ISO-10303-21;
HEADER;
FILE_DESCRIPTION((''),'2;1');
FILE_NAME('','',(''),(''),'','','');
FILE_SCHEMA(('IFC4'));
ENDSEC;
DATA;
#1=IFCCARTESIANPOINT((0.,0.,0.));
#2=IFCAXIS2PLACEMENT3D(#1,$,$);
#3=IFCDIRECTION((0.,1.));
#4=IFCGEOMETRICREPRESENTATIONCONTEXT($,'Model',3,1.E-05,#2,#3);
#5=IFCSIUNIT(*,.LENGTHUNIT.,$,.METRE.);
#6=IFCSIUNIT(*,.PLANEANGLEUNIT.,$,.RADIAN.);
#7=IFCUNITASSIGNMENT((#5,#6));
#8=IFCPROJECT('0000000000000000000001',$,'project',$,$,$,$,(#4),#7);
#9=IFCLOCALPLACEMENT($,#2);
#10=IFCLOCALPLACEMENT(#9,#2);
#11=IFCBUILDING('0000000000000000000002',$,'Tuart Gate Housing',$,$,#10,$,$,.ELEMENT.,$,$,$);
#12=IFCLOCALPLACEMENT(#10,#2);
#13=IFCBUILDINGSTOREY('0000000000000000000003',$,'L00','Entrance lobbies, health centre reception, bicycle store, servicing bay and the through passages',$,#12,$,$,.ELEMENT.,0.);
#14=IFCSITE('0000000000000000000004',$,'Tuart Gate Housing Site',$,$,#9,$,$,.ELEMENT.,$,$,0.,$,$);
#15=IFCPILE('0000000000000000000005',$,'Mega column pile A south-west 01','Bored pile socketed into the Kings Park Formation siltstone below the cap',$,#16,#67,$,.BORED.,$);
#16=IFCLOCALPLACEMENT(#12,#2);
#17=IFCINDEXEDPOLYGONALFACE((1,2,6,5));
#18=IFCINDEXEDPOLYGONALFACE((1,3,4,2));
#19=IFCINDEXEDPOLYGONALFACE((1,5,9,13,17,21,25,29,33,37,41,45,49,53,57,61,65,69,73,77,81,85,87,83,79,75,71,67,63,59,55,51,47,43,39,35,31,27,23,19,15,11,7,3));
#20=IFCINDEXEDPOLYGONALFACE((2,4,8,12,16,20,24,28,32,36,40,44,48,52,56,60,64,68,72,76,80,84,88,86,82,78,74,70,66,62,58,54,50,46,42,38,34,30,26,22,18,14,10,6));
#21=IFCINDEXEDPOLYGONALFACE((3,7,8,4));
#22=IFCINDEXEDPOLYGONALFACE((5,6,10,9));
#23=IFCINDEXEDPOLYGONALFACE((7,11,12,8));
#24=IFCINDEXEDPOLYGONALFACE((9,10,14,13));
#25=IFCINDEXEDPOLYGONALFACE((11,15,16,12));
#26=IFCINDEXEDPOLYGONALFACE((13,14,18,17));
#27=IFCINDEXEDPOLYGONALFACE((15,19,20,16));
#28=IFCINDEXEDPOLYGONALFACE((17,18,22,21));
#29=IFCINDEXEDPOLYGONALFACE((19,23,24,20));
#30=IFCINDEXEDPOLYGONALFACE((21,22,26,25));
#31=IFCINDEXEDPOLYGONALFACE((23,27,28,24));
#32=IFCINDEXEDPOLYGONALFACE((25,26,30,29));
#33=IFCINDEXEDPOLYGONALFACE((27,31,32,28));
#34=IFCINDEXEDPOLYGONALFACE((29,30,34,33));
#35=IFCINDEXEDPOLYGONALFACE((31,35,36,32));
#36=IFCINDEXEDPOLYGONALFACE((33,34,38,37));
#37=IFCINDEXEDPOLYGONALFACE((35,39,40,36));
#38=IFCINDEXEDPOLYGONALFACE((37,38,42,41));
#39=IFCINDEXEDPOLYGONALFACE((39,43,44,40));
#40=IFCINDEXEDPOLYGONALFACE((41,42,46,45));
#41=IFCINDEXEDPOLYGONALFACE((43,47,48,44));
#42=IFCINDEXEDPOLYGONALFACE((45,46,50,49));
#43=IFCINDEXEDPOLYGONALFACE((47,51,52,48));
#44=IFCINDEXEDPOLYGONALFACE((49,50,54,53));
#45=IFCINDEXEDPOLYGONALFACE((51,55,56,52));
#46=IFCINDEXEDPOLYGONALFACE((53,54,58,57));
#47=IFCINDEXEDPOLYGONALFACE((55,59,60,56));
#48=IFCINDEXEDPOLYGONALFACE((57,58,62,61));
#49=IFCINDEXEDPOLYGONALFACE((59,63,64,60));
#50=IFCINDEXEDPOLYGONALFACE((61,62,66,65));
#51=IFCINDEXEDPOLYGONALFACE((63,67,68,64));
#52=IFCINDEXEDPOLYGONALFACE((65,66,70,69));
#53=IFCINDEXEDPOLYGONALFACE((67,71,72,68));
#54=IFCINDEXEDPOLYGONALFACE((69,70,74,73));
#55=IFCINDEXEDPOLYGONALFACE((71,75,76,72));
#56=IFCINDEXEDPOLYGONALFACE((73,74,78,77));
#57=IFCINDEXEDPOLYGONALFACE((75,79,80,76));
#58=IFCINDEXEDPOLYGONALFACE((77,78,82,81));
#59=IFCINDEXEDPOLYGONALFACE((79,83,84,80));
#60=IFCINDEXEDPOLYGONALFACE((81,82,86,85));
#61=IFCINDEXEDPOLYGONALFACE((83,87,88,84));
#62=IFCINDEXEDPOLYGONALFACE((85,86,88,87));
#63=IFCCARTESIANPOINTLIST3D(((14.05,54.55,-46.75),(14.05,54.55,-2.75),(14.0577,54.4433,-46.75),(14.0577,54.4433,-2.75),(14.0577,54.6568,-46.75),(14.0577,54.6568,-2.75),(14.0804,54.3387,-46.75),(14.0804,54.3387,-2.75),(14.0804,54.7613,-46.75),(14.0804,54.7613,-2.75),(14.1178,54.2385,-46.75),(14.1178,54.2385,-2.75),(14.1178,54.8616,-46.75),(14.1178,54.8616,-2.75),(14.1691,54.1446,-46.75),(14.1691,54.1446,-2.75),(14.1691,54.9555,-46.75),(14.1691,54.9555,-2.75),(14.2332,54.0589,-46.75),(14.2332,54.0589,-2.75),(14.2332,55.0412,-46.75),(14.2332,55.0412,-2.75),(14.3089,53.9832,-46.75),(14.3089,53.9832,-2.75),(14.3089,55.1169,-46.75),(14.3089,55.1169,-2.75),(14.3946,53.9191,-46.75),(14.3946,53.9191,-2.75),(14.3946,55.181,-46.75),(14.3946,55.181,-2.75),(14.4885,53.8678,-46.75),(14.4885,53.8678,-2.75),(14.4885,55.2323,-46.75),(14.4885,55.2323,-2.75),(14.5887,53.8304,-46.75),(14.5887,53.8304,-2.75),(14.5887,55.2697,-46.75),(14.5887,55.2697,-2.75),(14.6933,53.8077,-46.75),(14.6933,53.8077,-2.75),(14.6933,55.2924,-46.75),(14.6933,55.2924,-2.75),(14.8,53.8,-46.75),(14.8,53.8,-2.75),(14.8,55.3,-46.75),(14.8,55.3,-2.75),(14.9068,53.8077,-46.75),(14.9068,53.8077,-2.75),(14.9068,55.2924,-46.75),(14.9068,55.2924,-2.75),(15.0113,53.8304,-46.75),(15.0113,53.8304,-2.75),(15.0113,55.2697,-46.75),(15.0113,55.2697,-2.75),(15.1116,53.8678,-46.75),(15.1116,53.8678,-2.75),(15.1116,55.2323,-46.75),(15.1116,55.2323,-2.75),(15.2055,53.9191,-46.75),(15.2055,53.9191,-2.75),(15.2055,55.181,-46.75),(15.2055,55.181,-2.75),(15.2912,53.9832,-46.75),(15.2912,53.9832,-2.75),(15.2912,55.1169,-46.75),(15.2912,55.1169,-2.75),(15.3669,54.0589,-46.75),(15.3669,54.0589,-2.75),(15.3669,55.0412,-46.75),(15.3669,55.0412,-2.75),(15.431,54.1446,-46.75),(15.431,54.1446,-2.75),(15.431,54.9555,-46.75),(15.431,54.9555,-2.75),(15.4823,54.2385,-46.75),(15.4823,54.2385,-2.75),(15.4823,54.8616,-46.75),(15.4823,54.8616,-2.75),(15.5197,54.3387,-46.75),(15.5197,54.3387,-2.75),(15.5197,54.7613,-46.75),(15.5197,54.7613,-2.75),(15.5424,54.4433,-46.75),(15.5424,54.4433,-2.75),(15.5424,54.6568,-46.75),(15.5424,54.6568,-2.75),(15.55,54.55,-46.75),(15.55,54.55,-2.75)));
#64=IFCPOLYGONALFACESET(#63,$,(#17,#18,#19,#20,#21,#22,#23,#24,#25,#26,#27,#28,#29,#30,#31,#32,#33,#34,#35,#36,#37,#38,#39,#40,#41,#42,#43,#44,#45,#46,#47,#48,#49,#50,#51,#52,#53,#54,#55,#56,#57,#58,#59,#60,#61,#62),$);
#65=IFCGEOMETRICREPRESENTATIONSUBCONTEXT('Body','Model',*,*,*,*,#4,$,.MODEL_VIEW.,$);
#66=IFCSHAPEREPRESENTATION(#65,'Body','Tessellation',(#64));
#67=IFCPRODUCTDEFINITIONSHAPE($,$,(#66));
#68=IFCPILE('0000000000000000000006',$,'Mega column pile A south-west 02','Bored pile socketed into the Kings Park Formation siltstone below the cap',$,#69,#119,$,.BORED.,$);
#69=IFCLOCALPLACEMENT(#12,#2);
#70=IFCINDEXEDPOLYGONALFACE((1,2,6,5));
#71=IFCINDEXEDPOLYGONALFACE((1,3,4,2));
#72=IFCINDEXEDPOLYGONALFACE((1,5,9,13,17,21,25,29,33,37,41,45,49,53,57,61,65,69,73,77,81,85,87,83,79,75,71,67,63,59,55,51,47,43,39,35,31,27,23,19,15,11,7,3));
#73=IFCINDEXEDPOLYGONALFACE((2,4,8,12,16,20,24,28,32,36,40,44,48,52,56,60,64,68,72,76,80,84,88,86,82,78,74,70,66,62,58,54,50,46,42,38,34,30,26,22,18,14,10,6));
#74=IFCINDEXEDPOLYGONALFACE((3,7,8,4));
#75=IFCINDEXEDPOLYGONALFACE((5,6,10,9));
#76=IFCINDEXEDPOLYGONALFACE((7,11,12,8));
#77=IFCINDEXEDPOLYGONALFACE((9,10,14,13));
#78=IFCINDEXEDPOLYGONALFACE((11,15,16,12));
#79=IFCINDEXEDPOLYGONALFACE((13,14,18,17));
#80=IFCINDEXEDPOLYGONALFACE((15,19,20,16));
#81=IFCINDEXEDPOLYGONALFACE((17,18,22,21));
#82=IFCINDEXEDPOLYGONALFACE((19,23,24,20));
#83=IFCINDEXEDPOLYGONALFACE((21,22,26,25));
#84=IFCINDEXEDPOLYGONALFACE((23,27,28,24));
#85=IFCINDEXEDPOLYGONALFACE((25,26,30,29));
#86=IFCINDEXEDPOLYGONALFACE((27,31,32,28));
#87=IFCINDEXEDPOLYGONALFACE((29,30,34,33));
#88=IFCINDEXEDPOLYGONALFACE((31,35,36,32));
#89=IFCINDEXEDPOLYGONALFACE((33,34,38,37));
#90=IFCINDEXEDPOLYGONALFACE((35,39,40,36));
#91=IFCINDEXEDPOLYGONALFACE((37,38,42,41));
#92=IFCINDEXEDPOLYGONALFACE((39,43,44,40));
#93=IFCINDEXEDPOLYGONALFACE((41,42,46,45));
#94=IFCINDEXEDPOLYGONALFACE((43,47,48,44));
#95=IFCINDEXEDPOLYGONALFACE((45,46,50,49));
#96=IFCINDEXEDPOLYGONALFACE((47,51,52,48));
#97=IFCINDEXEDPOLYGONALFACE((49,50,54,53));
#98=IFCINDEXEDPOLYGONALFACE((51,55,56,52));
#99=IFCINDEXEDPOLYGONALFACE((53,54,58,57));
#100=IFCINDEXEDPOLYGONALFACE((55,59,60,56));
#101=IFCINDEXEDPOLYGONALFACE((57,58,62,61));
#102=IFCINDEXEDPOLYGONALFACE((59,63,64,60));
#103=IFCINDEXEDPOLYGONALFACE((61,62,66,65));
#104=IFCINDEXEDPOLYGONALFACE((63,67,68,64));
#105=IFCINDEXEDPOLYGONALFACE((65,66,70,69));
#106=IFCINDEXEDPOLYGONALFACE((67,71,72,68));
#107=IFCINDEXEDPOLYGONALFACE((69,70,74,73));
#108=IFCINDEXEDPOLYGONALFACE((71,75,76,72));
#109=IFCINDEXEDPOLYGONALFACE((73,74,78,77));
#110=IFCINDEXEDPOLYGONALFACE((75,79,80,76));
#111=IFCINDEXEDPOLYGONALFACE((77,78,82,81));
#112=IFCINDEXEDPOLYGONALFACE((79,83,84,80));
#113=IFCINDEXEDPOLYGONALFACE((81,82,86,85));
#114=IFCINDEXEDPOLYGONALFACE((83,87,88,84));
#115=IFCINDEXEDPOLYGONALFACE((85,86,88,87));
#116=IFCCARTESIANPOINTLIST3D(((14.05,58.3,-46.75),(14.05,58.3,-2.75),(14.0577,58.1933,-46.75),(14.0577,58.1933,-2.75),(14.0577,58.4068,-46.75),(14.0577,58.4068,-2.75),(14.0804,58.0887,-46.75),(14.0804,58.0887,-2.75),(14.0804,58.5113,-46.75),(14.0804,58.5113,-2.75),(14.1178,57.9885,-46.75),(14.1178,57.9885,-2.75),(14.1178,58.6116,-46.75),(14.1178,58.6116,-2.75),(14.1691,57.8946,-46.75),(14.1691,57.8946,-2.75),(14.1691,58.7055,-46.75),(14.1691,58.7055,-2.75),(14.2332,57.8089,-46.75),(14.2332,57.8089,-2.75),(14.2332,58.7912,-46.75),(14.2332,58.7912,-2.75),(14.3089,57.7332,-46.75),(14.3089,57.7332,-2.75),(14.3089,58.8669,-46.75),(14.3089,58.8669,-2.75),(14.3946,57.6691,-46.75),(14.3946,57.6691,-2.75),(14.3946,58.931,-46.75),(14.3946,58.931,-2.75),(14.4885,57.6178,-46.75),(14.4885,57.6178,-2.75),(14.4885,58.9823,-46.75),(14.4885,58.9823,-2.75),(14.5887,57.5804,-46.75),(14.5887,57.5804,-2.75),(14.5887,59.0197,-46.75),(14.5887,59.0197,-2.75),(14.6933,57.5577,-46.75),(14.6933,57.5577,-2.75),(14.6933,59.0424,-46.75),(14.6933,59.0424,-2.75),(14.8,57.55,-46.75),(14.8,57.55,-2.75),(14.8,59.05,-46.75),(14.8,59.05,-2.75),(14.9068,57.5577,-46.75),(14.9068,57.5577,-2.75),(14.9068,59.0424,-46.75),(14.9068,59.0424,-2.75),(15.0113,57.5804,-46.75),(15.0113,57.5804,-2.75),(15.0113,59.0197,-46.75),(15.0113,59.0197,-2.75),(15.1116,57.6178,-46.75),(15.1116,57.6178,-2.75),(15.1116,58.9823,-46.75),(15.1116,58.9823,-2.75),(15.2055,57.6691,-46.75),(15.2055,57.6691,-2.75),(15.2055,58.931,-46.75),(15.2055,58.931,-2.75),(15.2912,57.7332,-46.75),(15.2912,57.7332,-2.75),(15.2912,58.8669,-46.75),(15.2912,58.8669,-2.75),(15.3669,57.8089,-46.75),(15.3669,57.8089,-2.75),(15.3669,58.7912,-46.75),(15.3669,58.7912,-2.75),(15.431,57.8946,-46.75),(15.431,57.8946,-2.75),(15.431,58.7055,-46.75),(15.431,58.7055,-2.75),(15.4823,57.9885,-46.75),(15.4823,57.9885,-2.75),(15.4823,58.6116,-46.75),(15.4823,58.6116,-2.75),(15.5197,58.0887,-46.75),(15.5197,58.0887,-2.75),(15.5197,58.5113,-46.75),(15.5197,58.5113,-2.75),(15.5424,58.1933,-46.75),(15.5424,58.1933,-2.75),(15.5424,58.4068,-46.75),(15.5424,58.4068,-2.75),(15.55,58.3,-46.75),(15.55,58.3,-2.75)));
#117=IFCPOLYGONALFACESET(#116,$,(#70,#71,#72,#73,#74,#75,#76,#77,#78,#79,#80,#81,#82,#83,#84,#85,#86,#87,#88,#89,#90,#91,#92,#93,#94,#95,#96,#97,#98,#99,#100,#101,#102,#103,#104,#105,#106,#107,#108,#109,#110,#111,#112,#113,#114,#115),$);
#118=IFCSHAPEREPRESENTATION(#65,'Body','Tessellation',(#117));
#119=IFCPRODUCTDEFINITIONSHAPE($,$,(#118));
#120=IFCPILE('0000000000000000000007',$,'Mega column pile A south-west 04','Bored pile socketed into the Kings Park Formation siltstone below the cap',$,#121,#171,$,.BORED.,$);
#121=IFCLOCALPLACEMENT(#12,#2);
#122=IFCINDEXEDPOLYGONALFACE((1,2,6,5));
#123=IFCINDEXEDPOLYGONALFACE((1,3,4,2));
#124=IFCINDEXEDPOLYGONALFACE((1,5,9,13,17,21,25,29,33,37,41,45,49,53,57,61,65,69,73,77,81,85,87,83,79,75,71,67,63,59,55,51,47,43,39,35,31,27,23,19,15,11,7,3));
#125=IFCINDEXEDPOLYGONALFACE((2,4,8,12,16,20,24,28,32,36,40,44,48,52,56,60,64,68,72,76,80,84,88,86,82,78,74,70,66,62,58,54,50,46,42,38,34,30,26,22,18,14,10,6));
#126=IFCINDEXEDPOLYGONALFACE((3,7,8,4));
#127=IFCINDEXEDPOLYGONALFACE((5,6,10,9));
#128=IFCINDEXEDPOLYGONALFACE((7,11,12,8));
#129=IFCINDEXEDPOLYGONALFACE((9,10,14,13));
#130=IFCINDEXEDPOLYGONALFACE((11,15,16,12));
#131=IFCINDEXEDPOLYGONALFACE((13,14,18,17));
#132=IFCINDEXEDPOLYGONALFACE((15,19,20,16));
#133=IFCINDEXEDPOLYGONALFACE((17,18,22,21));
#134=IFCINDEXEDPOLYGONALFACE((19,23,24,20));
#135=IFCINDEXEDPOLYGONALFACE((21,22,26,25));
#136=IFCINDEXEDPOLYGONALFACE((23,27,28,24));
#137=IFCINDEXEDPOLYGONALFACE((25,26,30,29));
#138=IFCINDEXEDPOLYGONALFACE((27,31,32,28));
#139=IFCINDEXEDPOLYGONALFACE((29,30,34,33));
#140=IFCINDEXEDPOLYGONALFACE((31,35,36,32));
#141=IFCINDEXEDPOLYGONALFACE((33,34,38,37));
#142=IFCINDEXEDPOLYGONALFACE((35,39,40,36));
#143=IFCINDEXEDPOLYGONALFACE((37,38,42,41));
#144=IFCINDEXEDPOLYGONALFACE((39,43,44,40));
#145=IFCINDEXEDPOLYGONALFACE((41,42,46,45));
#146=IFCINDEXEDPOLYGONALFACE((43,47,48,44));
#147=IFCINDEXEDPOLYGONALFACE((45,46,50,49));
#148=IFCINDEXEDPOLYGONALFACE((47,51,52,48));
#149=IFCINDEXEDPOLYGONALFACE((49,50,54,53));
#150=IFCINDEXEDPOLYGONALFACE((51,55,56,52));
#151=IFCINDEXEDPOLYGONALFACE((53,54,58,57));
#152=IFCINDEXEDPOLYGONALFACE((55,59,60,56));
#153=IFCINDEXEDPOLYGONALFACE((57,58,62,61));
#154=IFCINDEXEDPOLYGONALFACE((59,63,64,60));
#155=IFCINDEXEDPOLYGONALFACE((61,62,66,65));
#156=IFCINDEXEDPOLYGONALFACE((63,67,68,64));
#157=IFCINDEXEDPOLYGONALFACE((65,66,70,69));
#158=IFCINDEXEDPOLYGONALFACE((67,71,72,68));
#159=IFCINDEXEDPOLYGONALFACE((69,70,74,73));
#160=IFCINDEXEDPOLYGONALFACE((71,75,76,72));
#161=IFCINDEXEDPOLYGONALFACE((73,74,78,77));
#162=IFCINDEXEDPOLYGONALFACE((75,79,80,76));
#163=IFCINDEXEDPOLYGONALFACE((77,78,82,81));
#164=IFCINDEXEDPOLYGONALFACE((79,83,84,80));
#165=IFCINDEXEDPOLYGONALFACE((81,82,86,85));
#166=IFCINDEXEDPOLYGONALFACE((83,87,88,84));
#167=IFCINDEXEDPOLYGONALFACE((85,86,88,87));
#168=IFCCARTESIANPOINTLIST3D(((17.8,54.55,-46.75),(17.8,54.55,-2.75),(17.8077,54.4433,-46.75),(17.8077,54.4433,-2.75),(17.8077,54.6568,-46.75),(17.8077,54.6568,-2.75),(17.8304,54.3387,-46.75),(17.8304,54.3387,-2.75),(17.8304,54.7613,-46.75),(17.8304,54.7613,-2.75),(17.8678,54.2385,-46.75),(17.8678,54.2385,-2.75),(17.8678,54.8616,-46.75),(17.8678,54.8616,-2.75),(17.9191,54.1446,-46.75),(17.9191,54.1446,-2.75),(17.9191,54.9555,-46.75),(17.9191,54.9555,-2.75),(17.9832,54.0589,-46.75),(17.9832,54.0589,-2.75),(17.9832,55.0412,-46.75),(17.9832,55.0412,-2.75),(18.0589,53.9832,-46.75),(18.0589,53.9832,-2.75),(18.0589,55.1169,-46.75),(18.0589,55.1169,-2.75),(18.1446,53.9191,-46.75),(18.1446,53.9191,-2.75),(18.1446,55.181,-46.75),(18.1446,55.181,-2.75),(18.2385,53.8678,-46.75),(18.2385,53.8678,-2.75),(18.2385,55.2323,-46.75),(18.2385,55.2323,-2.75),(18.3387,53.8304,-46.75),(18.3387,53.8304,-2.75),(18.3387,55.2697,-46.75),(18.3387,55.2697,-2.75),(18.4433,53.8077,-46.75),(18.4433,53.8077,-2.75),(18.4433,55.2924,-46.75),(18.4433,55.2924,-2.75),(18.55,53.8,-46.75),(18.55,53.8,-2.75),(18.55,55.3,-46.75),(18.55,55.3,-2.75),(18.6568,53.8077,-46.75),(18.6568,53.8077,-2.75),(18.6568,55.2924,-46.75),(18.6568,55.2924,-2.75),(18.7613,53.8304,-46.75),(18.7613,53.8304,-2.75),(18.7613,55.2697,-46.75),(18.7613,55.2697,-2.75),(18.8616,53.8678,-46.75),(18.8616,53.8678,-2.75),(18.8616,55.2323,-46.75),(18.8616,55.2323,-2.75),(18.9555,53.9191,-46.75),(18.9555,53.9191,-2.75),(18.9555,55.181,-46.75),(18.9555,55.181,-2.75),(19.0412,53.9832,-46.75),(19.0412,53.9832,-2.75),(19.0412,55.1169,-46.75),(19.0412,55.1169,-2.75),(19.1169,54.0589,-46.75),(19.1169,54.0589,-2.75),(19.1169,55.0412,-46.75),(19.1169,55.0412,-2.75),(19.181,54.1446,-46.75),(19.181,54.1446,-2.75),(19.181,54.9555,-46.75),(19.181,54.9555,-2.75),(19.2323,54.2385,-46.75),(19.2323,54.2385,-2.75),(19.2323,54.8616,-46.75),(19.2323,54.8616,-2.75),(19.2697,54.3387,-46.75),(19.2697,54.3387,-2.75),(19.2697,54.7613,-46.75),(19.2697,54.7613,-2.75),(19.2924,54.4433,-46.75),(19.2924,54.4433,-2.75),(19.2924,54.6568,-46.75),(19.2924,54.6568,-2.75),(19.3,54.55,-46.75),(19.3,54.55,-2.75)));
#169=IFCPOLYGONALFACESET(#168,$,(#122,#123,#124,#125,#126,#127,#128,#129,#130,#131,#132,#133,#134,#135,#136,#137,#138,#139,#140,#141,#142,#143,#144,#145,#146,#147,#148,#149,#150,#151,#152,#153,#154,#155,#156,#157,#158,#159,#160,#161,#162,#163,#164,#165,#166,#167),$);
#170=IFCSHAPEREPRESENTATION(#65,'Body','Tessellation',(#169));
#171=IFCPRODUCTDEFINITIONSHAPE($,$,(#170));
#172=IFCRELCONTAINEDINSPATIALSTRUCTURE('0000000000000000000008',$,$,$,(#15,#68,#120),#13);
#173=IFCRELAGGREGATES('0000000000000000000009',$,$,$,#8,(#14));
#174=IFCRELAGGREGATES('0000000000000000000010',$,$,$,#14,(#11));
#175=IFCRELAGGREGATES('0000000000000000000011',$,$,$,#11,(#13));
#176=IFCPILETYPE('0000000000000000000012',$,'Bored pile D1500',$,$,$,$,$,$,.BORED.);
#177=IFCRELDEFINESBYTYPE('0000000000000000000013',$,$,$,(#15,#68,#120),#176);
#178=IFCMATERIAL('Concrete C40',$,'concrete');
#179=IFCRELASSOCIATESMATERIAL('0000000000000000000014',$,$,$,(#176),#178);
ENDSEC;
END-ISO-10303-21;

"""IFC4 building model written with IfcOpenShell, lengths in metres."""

from ifc_helpers import new_model, si_unit, direction, frame, origin, origin_2d, place, context, subcontext, project, spatial, circle, extrude, material, material_profile, profile_set, type_object, element, save


model = new_model("IFC4")

# Units and contexts
model_context = context("Model", 3, precision=1e-05, world=origin(), true_north=direction((0.0, 1.0)))
body_context = subcontext(model_context, "Body", "Model", "MODEL_VIEW")
ifc_project = project(units=[si_unit("LENGTHUNIT", "METRE"), si_unit("PLANEANGLEUNIT", "RADIAN")], contexts=[model_context])

# Site, building, storey
site_placement = place(None, origin())
site = spatial("IfcSite", under=ifc_project, at=site_placement, Name="Tuart Gate Housing Site", CompositionType="ELEMENT", RefElevation=0.0)
building_placement = place(site_placement, origin())
building = spatial("IfcBuilding", under=site, at=building_placement, Name="Tuart Gate Housing", CompositionType="ELEMENT")
storey_placement = place(building_placement, origin())
storey = spatial("IfcBuildingStorey", under=building, at=storey_placement, Name="L00", Description="Entrance lobbies, health centre reception, bicycle store, servicing bay and the through passages", CompositionType="ELEMENT", Elevation=0.0)

# Piles
ifc_material_1 = material(Name="Concrete C40", Category="concrete")
ifc_material_profile_1 = material_profile(ifc_material_1, circle(Radius=0.75, at=origin_2d()), Name="Bored pile D1500")
ifc_profile_set_1 = profile_set([ifc_material_profile_1], Name="Concrete C40")
pile_type = type_object("IfcPileType", Name="Bored pile D1500", PredefinedType="BORED", material=ifc_profile_set_1)
for number, where, z_axis, x_axis, name in (
    (1, (14.8, 54.55, -2.75), (0.0, 0.0, -1.0), (1.0, 0.0, 0.0), "Mega column pile A south-west 01"),
    (2, (14.8, 58.3, -2.75), (0.0, 0.0, -1.0), (1.0, 0.0, 0.0), "Mega column pile A south-west 02"),
    (3, (18.55, 54.55, -2.75), (0.0, 0.0, -1.0), (1.0, 0.0, 0.0), "Mega column pile A south-west 04"),
):
    element("IfcPile", number, at=place(storey_placement, frame(where, z_axis=z_axis, x_axis=x_axis)), inside=storey, type_object=pile_type, Name=name, Description="Bored pile socketed into the Kings Park Formation siltstone below the cap", PredefinedType="BORED", context=body_context, shape_type="SweptSolid", body=[
        extrude(circle(Radius=0.75, at=origin_2d()), origin(), (0.0, 0.0, 1.0), 44.0),
    ])

save(model, "model.ifc")
